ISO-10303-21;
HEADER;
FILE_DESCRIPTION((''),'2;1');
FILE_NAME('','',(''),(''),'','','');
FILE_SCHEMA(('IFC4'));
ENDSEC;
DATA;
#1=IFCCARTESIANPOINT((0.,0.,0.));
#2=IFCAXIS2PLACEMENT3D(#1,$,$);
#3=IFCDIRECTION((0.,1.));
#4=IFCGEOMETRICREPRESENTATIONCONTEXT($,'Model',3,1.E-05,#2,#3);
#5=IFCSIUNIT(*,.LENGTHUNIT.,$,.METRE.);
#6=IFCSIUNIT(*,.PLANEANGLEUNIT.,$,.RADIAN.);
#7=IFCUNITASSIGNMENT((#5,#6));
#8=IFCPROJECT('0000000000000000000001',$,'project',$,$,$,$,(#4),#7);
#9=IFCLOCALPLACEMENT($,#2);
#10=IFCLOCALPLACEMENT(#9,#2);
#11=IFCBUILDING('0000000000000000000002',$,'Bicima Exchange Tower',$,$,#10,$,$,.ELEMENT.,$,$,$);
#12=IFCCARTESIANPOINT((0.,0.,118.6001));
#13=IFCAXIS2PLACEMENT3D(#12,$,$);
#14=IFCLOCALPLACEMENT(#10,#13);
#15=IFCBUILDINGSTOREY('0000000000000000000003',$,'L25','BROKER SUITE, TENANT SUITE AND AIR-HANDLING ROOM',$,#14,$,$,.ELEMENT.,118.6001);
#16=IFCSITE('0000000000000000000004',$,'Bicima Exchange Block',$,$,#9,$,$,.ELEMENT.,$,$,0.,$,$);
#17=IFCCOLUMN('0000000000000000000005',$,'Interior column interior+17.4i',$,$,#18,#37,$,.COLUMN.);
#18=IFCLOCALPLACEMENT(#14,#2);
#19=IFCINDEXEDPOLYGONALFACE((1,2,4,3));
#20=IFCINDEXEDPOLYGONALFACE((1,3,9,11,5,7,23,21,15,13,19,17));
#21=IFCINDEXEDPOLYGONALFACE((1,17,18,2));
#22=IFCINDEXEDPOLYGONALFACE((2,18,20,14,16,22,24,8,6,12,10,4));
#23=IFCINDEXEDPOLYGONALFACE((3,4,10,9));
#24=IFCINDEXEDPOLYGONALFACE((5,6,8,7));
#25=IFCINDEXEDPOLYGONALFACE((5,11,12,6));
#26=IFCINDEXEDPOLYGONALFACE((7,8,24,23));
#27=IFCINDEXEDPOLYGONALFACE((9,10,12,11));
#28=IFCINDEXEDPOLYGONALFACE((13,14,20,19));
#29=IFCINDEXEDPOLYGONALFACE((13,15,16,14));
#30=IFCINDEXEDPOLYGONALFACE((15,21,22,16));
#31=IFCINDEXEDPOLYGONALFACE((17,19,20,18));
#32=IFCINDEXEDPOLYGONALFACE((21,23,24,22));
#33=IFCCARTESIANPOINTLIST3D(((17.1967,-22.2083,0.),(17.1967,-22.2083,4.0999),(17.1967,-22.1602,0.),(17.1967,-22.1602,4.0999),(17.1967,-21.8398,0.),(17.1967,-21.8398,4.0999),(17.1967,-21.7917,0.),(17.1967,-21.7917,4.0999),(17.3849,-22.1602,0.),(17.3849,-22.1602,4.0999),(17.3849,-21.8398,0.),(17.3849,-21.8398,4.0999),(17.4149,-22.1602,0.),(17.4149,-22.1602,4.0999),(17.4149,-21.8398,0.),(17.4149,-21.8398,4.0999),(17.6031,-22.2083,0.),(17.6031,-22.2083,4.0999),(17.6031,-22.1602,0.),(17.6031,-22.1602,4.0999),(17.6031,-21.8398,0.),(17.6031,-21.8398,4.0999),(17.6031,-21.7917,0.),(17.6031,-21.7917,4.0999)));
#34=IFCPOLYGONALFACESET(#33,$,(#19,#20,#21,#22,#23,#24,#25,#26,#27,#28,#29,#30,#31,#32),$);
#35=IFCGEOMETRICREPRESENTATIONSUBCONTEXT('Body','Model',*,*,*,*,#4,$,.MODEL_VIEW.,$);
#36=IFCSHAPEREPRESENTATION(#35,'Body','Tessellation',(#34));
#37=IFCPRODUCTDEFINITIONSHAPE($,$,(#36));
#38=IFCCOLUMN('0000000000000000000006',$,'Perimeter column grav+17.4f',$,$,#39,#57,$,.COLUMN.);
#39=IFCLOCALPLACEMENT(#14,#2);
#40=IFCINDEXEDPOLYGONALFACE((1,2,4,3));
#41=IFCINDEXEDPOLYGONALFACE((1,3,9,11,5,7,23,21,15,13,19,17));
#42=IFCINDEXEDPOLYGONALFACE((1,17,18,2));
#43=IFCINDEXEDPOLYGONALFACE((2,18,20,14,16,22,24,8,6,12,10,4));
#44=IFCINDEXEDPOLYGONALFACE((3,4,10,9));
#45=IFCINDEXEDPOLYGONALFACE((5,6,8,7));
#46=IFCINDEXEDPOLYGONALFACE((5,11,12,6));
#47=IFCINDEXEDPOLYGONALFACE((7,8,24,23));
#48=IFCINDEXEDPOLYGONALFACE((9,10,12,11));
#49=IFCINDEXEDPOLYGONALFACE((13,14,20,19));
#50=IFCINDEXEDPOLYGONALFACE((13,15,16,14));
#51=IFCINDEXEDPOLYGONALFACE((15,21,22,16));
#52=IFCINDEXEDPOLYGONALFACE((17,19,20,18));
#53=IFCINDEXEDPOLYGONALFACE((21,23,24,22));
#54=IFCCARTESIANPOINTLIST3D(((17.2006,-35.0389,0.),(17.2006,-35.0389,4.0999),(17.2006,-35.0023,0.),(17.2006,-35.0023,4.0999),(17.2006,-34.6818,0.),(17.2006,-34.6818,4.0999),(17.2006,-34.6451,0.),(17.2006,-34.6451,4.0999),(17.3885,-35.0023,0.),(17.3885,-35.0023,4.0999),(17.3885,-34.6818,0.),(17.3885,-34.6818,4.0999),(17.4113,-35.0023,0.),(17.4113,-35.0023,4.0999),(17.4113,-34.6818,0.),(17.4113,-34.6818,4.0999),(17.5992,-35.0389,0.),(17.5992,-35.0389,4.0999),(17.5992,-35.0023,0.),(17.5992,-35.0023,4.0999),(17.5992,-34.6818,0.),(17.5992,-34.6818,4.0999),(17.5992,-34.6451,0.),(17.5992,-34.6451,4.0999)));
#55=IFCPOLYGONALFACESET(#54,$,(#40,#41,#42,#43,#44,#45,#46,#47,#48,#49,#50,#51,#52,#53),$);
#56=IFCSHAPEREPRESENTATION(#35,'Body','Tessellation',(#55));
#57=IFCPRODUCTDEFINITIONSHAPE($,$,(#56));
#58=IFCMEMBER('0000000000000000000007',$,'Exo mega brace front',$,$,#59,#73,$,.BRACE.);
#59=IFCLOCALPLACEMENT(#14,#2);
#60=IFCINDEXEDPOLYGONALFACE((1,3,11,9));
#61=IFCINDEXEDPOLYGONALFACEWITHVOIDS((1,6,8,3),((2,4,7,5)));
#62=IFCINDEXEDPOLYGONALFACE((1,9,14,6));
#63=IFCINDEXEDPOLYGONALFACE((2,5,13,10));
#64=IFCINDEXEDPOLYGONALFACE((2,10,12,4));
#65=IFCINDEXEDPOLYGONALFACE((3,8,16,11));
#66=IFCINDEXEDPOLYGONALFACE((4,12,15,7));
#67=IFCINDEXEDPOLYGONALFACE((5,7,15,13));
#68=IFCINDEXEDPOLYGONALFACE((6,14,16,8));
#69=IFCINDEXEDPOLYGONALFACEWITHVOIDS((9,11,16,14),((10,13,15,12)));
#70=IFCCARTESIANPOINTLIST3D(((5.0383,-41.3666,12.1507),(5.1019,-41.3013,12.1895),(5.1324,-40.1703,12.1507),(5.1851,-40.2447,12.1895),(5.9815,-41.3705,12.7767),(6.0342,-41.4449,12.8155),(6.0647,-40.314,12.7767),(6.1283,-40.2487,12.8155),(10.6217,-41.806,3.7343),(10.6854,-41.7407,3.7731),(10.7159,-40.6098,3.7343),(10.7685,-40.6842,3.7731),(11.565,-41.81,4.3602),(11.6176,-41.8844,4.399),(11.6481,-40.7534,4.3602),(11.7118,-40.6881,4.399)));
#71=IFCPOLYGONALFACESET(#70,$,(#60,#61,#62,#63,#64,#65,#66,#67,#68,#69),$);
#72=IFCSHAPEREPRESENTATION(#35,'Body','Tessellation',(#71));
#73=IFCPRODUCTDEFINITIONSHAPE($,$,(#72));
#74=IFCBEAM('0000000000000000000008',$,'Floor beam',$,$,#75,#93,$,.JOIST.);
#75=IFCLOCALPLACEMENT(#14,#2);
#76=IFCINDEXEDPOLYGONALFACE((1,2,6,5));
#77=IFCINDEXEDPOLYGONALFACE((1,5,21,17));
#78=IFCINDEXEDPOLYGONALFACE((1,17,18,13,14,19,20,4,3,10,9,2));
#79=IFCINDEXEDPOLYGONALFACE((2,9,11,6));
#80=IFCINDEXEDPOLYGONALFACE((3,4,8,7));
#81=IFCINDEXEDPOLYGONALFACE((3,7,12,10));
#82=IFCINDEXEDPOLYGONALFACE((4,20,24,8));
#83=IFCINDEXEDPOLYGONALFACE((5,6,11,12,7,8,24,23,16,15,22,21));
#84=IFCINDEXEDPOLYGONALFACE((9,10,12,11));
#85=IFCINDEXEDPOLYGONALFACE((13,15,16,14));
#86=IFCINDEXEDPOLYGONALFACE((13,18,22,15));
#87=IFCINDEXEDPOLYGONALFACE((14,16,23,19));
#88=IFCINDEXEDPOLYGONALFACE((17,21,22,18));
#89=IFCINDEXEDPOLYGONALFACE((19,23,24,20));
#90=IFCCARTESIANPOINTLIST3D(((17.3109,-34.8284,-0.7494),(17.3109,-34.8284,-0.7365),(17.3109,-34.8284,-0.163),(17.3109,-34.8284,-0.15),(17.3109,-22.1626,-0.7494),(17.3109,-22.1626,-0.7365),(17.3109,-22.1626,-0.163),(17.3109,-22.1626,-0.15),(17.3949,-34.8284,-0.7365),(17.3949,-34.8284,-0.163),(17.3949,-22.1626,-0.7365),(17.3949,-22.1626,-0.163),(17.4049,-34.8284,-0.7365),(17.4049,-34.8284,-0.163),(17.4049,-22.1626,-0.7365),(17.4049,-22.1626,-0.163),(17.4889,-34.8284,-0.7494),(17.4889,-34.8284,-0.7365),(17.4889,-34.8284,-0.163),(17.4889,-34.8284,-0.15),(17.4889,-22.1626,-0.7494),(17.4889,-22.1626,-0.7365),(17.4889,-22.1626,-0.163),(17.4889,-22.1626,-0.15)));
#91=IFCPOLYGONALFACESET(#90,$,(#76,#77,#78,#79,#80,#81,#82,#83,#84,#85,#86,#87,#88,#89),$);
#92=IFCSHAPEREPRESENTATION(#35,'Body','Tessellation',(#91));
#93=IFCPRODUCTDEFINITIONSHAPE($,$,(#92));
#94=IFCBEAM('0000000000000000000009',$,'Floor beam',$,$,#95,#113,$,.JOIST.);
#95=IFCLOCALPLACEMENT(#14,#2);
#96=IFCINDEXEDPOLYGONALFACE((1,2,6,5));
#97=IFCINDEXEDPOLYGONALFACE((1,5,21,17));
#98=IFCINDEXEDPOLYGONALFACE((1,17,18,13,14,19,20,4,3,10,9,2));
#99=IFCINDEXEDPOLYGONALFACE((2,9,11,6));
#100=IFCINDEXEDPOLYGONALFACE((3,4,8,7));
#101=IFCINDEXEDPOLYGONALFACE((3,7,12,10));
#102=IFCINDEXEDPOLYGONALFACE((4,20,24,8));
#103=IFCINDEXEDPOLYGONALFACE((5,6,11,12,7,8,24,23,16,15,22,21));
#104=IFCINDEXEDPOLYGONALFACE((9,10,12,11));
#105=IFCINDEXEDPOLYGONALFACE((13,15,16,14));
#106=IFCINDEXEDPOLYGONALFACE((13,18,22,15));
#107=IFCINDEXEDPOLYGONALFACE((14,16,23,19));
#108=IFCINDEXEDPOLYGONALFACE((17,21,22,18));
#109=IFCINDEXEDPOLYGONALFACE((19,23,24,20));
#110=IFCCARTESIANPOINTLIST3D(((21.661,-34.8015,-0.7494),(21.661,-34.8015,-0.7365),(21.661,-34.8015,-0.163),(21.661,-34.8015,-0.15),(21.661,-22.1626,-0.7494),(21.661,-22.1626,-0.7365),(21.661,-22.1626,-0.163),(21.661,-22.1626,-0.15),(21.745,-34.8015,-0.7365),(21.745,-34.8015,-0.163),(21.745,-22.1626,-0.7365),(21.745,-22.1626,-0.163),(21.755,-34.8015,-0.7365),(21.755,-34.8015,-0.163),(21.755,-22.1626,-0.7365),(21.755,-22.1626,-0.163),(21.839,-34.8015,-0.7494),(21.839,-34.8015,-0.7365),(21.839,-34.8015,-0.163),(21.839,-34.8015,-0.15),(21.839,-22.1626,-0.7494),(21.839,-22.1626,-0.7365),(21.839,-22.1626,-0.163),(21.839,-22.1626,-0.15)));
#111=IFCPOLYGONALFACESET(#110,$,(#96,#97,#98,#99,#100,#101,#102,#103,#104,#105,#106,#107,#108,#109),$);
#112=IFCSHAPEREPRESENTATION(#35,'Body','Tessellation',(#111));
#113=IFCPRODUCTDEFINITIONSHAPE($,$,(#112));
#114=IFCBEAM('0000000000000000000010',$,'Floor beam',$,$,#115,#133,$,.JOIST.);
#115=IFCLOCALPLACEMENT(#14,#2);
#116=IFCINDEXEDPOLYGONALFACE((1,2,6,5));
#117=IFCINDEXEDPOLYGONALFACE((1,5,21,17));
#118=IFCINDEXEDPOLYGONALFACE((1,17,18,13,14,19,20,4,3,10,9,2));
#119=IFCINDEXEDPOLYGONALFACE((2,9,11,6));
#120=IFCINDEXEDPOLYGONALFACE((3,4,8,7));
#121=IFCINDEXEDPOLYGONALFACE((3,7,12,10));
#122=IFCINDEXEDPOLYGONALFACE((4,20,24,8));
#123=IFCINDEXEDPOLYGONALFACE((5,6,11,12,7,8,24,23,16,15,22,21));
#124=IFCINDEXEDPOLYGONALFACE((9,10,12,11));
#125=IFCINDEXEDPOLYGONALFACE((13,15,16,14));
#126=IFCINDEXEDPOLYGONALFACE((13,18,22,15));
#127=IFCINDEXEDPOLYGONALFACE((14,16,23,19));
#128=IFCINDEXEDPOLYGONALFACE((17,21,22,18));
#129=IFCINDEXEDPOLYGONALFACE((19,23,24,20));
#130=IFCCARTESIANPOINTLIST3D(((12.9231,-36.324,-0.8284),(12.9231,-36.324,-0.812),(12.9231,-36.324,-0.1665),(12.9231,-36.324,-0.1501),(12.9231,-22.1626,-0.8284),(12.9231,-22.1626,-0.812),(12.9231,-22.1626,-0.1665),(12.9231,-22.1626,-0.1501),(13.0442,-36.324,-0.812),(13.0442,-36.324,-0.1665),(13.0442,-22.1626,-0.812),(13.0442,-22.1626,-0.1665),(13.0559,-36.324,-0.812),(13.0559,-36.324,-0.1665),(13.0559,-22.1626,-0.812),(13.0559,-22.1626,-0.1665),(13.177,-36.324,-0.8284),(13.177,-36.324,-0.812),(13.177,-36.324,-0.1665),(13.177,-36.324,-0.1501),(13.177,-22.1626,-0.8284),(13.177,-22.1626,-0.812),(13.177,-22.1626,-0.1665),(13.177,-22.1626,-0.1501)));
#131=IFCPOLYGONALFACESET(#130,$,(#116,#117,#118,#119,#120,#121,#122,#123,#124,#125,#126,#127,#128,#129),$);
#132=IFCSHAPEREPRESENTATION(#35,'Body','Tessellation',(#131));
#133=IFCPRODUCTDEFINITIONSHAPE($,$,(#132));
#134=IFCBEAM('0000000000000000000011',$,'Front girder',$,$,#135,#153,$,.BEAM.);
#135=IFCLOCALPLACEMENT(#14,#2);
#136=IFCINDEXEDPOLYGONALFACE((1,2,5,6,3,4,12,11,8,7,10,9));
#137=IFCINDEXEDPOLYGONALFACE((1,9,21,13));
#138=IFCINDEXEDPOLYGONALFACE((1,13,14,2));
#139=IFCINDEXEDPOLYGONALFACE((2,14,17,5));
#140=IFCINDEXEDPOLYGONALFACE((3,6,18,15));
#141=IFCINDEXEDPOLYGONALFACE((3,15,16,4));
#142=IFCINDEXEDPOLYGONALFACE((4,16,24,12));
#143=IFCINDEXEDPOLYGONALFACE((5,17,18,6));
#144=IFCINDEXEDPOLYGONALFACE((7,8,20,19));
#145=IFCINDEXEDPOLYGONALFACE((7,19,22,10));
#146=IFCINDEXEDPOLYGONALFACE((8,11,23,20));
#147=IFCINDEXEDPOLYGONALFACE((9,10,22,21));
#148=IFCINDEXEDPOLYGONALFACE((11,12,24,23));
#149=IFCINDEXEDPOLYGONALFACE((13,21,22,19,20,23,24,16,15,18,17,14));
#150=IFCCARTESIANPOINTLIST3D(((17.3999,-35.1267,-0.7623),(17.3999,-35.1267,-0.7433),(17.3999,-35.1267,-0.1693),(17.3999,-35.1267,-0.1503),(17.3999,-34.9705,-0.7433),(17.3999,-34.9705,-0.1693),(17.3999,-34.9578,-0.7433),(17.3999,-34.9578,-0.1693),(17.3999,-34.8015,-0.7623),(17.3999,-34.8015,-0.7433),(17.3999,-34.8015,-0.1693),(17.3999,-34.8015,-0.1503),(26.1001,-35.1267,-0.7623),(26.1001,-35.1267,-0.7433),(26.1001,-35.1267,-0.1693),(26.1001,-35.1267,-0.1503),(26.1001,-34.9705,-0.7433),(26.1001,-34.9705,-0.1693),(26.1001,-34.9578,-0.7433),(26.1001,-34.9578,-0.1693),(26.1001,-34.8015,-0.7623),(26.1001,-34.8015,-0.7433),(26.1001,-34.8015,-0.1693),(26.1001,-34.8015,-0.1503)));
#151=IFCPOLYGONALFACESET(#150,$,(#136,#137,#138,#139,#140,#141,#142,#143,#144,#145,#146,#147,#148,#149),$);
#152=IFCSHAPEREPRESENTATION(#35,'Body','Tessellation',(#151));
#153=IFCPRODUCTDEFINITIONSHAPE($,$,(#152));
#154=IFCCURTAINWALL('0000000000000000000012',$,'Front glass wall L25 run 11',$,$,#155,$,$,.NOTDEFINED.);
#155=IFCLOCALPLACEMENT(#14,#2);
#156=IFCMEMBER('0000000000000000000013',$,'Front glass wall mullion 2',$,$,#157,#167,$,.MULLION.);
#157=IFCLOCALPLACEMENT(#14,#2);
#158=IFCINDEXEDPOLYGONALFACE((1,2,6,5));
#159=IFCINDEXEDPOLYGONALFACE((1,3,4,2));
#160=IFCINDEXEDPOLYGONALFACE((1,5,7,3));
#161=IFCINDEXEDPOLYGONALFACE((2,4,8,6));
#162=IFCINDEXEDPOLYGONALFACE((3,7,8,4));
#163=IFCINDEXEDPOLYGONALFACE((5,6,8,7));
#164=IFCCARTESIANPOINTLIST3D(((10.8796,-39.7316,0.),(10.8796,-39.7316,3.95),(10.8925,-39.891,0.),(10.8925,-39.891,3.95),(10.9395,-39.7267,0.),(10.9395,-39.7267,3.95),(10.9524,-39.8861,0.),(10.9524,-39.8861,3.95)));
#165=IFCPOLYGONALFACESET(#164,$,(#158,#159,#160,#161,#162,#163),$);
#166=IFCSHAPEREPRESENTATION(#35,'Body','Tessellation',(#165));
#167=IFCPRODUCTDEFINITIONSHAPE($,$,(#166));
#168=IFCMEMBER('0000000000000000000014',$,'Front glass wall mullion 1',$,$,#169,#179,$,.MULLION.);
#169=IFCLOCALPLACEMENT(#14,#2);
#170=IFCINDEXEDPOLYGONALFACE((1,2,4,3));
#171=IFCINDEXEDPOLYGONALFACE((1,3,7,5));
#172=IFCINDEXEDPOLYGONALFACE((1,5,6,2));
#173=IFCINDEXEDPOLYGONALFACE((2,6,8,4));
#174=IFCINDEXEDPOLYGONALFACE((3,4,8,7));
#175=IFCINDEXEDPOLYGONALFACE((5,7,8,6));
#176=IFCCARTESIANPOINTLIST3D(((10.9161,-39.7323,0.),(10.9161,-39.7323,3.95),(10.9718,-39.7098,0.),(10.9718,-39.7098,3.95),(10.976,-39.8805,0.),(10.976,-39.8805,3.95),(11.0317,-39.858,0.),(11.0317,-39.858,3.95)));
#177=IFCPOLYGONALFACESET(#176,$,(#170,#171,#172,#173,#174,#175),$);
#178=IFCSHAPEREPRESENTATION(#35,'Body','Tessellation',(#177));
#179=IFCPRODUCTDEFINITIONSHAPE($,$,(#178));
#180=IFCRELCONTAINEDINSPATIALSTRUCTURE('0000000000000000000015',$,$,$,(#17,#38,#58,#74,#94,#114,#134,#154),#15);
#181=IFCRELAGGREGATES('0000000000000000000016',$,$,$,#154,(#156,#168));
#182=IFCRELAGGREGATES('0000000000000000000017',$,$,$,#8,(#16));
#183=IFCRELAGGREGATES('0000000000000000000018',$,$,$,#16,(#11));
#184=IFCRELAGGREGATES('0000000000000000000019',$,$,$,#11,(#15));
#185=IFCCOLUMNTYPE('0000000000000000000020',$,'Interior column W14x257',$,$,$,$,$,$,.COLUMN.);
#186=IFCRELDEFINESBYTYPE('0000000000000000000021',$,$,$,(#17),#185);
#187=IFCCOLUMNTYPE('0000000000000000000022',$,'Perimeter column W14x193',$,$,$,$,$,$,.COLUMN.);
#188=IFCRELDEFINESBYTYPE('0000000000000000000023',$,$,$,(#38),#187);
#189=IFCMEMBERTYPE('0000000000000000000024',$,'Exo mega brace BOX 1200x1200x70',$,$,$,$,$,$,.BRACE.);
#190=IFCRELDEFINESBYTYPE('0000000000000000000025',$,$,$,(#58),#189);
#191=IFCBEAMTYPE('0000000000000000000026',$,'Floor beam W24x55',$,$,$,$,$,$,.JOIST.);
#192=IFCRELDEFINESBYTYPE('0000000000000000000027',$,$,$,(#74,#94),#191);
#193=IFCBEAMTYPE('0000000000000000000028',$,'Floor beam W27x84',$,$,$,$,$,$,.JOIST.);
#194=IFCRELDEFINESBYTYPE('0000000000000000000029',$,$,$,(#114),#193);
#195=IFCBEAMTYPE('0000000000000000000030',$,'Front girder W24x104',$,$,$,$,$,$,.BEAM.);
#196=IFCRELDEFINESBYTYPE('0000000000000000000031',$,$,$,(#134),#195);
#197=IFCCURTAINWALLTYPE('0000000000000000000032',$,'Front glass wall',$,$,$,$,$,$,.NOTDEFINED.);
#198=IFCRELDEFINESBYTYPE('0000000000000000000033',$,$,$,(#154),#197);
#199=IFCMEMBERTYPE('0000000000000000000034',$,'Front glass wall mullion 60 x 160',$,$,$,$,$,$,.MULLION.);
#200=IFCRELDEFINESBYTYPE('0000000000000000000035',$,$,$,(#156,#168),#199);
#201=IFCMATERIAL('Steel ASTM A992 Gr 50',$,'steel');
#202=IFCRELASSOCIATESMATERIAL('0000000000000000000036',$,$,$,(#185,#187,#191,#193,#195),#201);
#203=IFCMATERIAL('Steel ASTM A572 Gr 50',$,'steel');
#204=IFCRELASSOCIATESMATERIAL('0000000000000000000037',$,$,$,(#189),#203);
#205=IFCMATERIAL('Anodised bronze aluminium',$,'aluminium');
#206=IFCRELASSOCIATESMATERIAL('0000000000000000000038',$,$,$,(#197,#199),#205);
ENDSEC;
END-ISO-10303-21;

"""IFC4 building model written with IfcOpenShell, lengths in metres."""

from ifc_helpers import new_model, si_unit, direction, frame, origin, origin_2d, place, context, subcontext, project, spatial, rectangle, hollow_rectangle, i_section, extrude, material, material_profile, profile_set, type_object, element, aggregate, save


model = new_model("IFC4")

# Units and contexts
model_context = context("Model", 3, precision=1e-05, world=origin(), true_north=direction((0.0, 1.0)))
body_context = subcontext(model_context, "Body", "Model", "MODEL_VIEW")
ifc_project = project(units=[si_unit("LENGTHUNIT", "METRE"), si_unit("PLANEANGLEUNIT", "RADIAN")], contexts=[model_context])

# Site, building, storey
site_placement = place(None, origin())
site = spatial("IfcSite", under=ifc_project, at=site_placement, Name="Bicima Exchange Block", CompositionType="ELEMENT", RefElevation=0.0)
building_placement = place(site_placement, origin())
building = spatial("IfcBuilding", under=site, at=building_placement, Name="Bicima Exchange Tower", CompositionType="ELEMENT")
storey_placement = place(building_placement, frame((0.0, 0.0, 118.6001)))
storey = spatial("IfcBuildingStorey", under=building, at=storey_placement, Name="L25", Description="BROKER SUITE, TENANT SUITE AND AIR-HANDLING ROOM", CompositionType="ELEMENT", Elevation=118.6001)

# Columns
ifc_material_1 = material(Name="Steel ASTM A992 Gr 50", Category="steel")
ifc_material_profile_1 = material_profile(ifc_material_1, i_section(OverallWidth=0.4065, OverallDepth=0.4165, WebThickness=0.03, FlangeThickness=0.0481, at=origin_2d()))
ifc_profile_set_1 = profile_set([ifc_material_profile_1], Name="Steel ASTM A992 Gr 50")
column_type_1 = type_object("IfcColumnType", Name="Interior column W14x257", PredefinedType="COLUMN", material=ifc_profile_set_1)
column_1_placement = place(storey_placement, frame((17.3999, -22.0, 0.0), z_axis=(0.0, 0.0, 1.0), x_axis=(1.0, 0.0, 0.0)))
element("IfcColumn", 1, at=column_1_placement, inside=storey, type_object=column_type_1, Name="Interior column interior+17.4i", PredefinedType="COLUMN", context=body_context, shape_type="SweptSolid", body=[
    extrude(i_section(OverallWidth=0.4065, OverallDepth=0.4165, WebThickness=0.03, FlangeThickness=0.0481, at=origin_2d()), origin(), (0.0, 0.0, 1.0), 4.0999),
])
ifc_material_profile_2 = material_profile(ifc_material_1, i_section(OverallWidth=0.3987, OverallDepth=0.3938, WebThickness=0.0227, FlangeThickness=0.0366, at=origin_2d()))
ifc_profile_set_2 = profile_set([ifc_material_profile_2], Name="Steel ASTM A992 Gr 50")
column_type_2 = type_object("IfcColumnType", Name="Perimeter column W14x193", PredefinedType="COLUMN", material=ifc_profile_set_2)
column_2_placement = place(storey_placement, frame((17.3999, -34.842, 0.0), z_axis=(0.0, 0.0, 1.0), x_axis=(1.0, 0.0, 0.0)))
element("IfcColumn", 2, at=column_2_placement, inside=storey, type_object=column_type_2, Name="Perimeter column grav+17.4f", PredefinedType="COLUMN", context=body_context, shape_type="SweptSolid", body=[
    extrude(i_section(OverallWidth=0.3987, OverallDepth=0.3938, WebThickness=0.0227, FlangeThickness=0.0366, at=origin_2d()), origin(), (0.0, 0.0, 1.0), 4.0999),
])

# Member
ifc_material_2 = material(Name="Steel ASTM A572 Gr 50", Category="steel")
ifc_material_profile_3 = material_profile(ifc_material_2, hollow_rectangle(XDim=1.2, YDim=1.2, WallThickness=0.0701, at=origin_2d()))
ifc_profile_set_3 = profile_set([ifc_material_profile_3], Name="Steel ASTM A572 Gr 50")
member_type_1 = type_object("IfcMemberType", Name="Exo mega brace BOX 1200x1200x70", PredefinedType="BRACE", material=ifc_profile_set_3)
member_1_placement = place(storey_placement, frame((11.1667, -41.2471, 4.0667), z_axis=(-0.552291, 0.043468, 0.832517), x_axis=(-0.078463, -0.996917, 0.0)))
element("IfcMember", 3, at=member_1_placement, inside=storey, type_object=member_type_1, Name="Exo mega brace front", PredefinedType="BRACE", context=body_context, shape_type="SweptSolid", body=[
    extrude(hollow_rectangle(XDim=1.2, YDim=1.2, WallThickness=0.0701, at=origin_2d()), origin(), (0.0, 0.0, 1.0), 10.1096),
])

# Beams
ifc_material_profile_4 = material_profile(ifc_material_1, i_section(OverallWidth=0.178, OverallDepth=0.5994, WebThickness=0.01, FlangeThickness=0.0129, at=origin_2d()))
ifc_profile_set_4 = profile_set([ifc_material_profile_4], Name="Steel ASTM A992 Gr 50")
beam_type_1 = type_object("IfcBeamType", Name="Floor beam W24x55", PredefinedType="JOIST", material=ifc_profile_set_4)
beam_1_placement = place(storey_placement, frame((17.3999, -22.1626, -0.4497), z_axis=(0.0, -1.0, 0.0), x_axis=(1.0, 0.0, 0.0)))
element("IfcBeam", 4, at=beam_1_placement, inside=storey, type_object=beam_type_1, Name="Floor beam", PredefinedType="JOIST", context=body_context, shape_type="SweptSolid", body=[
    extrude(i_section(OverallWidth=0.178, OverallDepth=0.5994, WebThickness=0.01, FlangeThickness=0.0129, at=origin_2d()), origin(), (0.0, 0.0, 1.0), 12.6658),
])
beam_2_placement = place(storey_placement, frame((21.75, -22.1626, -0.4497), z_axis=(0.0, -1.0, 0.0), x_axis=(1.0, 0.0, 0.0)))
element("IfcBeam", 5, at=beam_2_placement, inside=storey, type_object=beam_type_1, Name="Floor beam", PredefinedType="JOIST", context=body_context, shape_type="SweptSolid", body=[
    extrude(i_section(OverallWidth=0.178, OverallDepth=0.5994, WebThickness=0.01, FlangeThickness=0.0129, at=origin_2d()), origin(), (0.0, 0.0, 1.0), 12.6389),
])
ifc_material_profile_5 = material_profile(ifc_material_1, i_section(OverallWidth=0.2539, OverallDepth=0.6782, WebThickness=0.0117, FlangeThickness=0.0164, at=origin_2d()))
ifc_profile_set_5 = profile_set([ifc_material_profile_5], Name="Steel ASTM A992 Gr 50")
beam_type_2 = type_object("IfcBeamType", Name="Floor beam W27x84", PredefinedType="JOIST", material=ifc_profile_set_5)
beam_3_placement = place(storey_placement, frame((13.05, -22.1626, -0.4893), z_axis=(0.0, -1.0, 0.0), x_axis=(1.0, 0.0, 0.0)))
element("IfcBeam", 6, at=beam_3_placement, inside=storey, type_object=beam_type_2, Name="Floor beam", PredefinedType="JOIST", context=body_context, shape_type="SweptSolid", body=[
    extrude(i_section(OverallWidth=0.2539, OverallDepth=0.6782, WebThickness=0.0117, FlangeThickness=0.0164, at=origin_2d()), origin(), (0.0, 0.0, 1.0), 14.1614),
])
ifc_material_profile_6 = material_profile(ifc_material_1, i_section(OverallWidth=0.3252, OverallDepth=0.6121, WebThickness=0.0127, FlangeThickness=0.019, at=origin_2d()))
ifc_profile_set_6 = profile_set([ifc_material_profile_6], Name="Steel ASTM A992 Gr 50")
beam_type_3 = type_object("IfcBeamType", Name="Front girder W24x104", PredefinedType="BEAM", material=ifc_profile_set_6)
beam_4_placement = place(storey_placement, frame((17.3999, -34.9641, -0.4563), z_axis=(1.0, 0.0, 0.0), x_axis=(0.0, 1.0, 0.0)))
element("IfcBeam", 7, at=beam_4_placement, inside=storey, type_object=beam_type_3, Name="Front girder", PredefinedType="BEAM", context=body_context, shape_type="SweptSolid", body=[
    extrude(i_section(OverallWidth=0.3252, OverallDepth=0.6121, WebThickness=0.0127, FlangeThickness=0.019, at=origin_2d()), origin(), (0.0, 0.0, 1.0), 8.7002),
])

# Curtain wall, members
ifc_material_3 = material(Name="Anodised bronze aluminium", Category="aluminium")
curtain_wall_type = type_object("IfcCurtainWallType", Name="Front glass wall", PredefinedType="NOTDEFINED", material=ifc_material_3)
curtain_wall_1_placement = place(storey_placement, origin())
curtain_wall_1 = element("IfcCurtainWall", 8, at=curtain_wall_1_placement, inside=storey, type_object=curtain_wall_type, Name="Front glass wall L25 run 11", PredefinedType="NOTDEFINED")
ifc_material_profile_7 = material_profile(ifc_material_3, rectangle(XDim=0.1599, YDim=0.0601, at=origin_2d()))
ifc_profile_set_7 = profile_set([ifc_material_profile_7], Name="Anodised bronze aluminium")
member_type_2 = type_object("IfcMemberType", Name="Front glass wall mullion 60 x 160", PredefinedType="MULLION", material=ifc_profile_set_7)
member_2_placement = place(storey_placement, frame((10.916, -39.8088, 0.0), z_axis=(0.0, 0.0, 1.0), x_axis=(-0.080589, 0.996747, 0.0)))
member_2 = element("IfcMember", 9, at=member_2_placement, type_object=member_type_2, Name="Front glass wall mullion 2", PredefinedType="MULLION", context=body_context, shape_type="SweptSolid", body=[
    extrude(rectangle(XDim=0.1599, YDim=0.0601, at=origin_2d()), origin(), (0.0, 0.0, 1.0), 3.95),
])
member_3_placement = place(storey_placement, frame((10.9739, -39.7952, 0.0), z_axis=(0.0, 0.0, 1.0), x_axis=(-0.374705, 0.927144, 0.0)))
member_3 = element("IfcMember", 10, at=member_3_placement, type_object=member_type_2, Name="Front glass wall mullion 1", PredefinedType="MULLION", context=body_context, shape_type="SweptSolid", body=[
    extrude(rectangle(XDim=0.1599, YDim=0.0601, at=origin_2d()), origin(), (0.0, 0.0, 1.0), 3.95),
])

aggregate(curtain_wall_1, [member_2, member_3])

save(model, "model.ifc")
